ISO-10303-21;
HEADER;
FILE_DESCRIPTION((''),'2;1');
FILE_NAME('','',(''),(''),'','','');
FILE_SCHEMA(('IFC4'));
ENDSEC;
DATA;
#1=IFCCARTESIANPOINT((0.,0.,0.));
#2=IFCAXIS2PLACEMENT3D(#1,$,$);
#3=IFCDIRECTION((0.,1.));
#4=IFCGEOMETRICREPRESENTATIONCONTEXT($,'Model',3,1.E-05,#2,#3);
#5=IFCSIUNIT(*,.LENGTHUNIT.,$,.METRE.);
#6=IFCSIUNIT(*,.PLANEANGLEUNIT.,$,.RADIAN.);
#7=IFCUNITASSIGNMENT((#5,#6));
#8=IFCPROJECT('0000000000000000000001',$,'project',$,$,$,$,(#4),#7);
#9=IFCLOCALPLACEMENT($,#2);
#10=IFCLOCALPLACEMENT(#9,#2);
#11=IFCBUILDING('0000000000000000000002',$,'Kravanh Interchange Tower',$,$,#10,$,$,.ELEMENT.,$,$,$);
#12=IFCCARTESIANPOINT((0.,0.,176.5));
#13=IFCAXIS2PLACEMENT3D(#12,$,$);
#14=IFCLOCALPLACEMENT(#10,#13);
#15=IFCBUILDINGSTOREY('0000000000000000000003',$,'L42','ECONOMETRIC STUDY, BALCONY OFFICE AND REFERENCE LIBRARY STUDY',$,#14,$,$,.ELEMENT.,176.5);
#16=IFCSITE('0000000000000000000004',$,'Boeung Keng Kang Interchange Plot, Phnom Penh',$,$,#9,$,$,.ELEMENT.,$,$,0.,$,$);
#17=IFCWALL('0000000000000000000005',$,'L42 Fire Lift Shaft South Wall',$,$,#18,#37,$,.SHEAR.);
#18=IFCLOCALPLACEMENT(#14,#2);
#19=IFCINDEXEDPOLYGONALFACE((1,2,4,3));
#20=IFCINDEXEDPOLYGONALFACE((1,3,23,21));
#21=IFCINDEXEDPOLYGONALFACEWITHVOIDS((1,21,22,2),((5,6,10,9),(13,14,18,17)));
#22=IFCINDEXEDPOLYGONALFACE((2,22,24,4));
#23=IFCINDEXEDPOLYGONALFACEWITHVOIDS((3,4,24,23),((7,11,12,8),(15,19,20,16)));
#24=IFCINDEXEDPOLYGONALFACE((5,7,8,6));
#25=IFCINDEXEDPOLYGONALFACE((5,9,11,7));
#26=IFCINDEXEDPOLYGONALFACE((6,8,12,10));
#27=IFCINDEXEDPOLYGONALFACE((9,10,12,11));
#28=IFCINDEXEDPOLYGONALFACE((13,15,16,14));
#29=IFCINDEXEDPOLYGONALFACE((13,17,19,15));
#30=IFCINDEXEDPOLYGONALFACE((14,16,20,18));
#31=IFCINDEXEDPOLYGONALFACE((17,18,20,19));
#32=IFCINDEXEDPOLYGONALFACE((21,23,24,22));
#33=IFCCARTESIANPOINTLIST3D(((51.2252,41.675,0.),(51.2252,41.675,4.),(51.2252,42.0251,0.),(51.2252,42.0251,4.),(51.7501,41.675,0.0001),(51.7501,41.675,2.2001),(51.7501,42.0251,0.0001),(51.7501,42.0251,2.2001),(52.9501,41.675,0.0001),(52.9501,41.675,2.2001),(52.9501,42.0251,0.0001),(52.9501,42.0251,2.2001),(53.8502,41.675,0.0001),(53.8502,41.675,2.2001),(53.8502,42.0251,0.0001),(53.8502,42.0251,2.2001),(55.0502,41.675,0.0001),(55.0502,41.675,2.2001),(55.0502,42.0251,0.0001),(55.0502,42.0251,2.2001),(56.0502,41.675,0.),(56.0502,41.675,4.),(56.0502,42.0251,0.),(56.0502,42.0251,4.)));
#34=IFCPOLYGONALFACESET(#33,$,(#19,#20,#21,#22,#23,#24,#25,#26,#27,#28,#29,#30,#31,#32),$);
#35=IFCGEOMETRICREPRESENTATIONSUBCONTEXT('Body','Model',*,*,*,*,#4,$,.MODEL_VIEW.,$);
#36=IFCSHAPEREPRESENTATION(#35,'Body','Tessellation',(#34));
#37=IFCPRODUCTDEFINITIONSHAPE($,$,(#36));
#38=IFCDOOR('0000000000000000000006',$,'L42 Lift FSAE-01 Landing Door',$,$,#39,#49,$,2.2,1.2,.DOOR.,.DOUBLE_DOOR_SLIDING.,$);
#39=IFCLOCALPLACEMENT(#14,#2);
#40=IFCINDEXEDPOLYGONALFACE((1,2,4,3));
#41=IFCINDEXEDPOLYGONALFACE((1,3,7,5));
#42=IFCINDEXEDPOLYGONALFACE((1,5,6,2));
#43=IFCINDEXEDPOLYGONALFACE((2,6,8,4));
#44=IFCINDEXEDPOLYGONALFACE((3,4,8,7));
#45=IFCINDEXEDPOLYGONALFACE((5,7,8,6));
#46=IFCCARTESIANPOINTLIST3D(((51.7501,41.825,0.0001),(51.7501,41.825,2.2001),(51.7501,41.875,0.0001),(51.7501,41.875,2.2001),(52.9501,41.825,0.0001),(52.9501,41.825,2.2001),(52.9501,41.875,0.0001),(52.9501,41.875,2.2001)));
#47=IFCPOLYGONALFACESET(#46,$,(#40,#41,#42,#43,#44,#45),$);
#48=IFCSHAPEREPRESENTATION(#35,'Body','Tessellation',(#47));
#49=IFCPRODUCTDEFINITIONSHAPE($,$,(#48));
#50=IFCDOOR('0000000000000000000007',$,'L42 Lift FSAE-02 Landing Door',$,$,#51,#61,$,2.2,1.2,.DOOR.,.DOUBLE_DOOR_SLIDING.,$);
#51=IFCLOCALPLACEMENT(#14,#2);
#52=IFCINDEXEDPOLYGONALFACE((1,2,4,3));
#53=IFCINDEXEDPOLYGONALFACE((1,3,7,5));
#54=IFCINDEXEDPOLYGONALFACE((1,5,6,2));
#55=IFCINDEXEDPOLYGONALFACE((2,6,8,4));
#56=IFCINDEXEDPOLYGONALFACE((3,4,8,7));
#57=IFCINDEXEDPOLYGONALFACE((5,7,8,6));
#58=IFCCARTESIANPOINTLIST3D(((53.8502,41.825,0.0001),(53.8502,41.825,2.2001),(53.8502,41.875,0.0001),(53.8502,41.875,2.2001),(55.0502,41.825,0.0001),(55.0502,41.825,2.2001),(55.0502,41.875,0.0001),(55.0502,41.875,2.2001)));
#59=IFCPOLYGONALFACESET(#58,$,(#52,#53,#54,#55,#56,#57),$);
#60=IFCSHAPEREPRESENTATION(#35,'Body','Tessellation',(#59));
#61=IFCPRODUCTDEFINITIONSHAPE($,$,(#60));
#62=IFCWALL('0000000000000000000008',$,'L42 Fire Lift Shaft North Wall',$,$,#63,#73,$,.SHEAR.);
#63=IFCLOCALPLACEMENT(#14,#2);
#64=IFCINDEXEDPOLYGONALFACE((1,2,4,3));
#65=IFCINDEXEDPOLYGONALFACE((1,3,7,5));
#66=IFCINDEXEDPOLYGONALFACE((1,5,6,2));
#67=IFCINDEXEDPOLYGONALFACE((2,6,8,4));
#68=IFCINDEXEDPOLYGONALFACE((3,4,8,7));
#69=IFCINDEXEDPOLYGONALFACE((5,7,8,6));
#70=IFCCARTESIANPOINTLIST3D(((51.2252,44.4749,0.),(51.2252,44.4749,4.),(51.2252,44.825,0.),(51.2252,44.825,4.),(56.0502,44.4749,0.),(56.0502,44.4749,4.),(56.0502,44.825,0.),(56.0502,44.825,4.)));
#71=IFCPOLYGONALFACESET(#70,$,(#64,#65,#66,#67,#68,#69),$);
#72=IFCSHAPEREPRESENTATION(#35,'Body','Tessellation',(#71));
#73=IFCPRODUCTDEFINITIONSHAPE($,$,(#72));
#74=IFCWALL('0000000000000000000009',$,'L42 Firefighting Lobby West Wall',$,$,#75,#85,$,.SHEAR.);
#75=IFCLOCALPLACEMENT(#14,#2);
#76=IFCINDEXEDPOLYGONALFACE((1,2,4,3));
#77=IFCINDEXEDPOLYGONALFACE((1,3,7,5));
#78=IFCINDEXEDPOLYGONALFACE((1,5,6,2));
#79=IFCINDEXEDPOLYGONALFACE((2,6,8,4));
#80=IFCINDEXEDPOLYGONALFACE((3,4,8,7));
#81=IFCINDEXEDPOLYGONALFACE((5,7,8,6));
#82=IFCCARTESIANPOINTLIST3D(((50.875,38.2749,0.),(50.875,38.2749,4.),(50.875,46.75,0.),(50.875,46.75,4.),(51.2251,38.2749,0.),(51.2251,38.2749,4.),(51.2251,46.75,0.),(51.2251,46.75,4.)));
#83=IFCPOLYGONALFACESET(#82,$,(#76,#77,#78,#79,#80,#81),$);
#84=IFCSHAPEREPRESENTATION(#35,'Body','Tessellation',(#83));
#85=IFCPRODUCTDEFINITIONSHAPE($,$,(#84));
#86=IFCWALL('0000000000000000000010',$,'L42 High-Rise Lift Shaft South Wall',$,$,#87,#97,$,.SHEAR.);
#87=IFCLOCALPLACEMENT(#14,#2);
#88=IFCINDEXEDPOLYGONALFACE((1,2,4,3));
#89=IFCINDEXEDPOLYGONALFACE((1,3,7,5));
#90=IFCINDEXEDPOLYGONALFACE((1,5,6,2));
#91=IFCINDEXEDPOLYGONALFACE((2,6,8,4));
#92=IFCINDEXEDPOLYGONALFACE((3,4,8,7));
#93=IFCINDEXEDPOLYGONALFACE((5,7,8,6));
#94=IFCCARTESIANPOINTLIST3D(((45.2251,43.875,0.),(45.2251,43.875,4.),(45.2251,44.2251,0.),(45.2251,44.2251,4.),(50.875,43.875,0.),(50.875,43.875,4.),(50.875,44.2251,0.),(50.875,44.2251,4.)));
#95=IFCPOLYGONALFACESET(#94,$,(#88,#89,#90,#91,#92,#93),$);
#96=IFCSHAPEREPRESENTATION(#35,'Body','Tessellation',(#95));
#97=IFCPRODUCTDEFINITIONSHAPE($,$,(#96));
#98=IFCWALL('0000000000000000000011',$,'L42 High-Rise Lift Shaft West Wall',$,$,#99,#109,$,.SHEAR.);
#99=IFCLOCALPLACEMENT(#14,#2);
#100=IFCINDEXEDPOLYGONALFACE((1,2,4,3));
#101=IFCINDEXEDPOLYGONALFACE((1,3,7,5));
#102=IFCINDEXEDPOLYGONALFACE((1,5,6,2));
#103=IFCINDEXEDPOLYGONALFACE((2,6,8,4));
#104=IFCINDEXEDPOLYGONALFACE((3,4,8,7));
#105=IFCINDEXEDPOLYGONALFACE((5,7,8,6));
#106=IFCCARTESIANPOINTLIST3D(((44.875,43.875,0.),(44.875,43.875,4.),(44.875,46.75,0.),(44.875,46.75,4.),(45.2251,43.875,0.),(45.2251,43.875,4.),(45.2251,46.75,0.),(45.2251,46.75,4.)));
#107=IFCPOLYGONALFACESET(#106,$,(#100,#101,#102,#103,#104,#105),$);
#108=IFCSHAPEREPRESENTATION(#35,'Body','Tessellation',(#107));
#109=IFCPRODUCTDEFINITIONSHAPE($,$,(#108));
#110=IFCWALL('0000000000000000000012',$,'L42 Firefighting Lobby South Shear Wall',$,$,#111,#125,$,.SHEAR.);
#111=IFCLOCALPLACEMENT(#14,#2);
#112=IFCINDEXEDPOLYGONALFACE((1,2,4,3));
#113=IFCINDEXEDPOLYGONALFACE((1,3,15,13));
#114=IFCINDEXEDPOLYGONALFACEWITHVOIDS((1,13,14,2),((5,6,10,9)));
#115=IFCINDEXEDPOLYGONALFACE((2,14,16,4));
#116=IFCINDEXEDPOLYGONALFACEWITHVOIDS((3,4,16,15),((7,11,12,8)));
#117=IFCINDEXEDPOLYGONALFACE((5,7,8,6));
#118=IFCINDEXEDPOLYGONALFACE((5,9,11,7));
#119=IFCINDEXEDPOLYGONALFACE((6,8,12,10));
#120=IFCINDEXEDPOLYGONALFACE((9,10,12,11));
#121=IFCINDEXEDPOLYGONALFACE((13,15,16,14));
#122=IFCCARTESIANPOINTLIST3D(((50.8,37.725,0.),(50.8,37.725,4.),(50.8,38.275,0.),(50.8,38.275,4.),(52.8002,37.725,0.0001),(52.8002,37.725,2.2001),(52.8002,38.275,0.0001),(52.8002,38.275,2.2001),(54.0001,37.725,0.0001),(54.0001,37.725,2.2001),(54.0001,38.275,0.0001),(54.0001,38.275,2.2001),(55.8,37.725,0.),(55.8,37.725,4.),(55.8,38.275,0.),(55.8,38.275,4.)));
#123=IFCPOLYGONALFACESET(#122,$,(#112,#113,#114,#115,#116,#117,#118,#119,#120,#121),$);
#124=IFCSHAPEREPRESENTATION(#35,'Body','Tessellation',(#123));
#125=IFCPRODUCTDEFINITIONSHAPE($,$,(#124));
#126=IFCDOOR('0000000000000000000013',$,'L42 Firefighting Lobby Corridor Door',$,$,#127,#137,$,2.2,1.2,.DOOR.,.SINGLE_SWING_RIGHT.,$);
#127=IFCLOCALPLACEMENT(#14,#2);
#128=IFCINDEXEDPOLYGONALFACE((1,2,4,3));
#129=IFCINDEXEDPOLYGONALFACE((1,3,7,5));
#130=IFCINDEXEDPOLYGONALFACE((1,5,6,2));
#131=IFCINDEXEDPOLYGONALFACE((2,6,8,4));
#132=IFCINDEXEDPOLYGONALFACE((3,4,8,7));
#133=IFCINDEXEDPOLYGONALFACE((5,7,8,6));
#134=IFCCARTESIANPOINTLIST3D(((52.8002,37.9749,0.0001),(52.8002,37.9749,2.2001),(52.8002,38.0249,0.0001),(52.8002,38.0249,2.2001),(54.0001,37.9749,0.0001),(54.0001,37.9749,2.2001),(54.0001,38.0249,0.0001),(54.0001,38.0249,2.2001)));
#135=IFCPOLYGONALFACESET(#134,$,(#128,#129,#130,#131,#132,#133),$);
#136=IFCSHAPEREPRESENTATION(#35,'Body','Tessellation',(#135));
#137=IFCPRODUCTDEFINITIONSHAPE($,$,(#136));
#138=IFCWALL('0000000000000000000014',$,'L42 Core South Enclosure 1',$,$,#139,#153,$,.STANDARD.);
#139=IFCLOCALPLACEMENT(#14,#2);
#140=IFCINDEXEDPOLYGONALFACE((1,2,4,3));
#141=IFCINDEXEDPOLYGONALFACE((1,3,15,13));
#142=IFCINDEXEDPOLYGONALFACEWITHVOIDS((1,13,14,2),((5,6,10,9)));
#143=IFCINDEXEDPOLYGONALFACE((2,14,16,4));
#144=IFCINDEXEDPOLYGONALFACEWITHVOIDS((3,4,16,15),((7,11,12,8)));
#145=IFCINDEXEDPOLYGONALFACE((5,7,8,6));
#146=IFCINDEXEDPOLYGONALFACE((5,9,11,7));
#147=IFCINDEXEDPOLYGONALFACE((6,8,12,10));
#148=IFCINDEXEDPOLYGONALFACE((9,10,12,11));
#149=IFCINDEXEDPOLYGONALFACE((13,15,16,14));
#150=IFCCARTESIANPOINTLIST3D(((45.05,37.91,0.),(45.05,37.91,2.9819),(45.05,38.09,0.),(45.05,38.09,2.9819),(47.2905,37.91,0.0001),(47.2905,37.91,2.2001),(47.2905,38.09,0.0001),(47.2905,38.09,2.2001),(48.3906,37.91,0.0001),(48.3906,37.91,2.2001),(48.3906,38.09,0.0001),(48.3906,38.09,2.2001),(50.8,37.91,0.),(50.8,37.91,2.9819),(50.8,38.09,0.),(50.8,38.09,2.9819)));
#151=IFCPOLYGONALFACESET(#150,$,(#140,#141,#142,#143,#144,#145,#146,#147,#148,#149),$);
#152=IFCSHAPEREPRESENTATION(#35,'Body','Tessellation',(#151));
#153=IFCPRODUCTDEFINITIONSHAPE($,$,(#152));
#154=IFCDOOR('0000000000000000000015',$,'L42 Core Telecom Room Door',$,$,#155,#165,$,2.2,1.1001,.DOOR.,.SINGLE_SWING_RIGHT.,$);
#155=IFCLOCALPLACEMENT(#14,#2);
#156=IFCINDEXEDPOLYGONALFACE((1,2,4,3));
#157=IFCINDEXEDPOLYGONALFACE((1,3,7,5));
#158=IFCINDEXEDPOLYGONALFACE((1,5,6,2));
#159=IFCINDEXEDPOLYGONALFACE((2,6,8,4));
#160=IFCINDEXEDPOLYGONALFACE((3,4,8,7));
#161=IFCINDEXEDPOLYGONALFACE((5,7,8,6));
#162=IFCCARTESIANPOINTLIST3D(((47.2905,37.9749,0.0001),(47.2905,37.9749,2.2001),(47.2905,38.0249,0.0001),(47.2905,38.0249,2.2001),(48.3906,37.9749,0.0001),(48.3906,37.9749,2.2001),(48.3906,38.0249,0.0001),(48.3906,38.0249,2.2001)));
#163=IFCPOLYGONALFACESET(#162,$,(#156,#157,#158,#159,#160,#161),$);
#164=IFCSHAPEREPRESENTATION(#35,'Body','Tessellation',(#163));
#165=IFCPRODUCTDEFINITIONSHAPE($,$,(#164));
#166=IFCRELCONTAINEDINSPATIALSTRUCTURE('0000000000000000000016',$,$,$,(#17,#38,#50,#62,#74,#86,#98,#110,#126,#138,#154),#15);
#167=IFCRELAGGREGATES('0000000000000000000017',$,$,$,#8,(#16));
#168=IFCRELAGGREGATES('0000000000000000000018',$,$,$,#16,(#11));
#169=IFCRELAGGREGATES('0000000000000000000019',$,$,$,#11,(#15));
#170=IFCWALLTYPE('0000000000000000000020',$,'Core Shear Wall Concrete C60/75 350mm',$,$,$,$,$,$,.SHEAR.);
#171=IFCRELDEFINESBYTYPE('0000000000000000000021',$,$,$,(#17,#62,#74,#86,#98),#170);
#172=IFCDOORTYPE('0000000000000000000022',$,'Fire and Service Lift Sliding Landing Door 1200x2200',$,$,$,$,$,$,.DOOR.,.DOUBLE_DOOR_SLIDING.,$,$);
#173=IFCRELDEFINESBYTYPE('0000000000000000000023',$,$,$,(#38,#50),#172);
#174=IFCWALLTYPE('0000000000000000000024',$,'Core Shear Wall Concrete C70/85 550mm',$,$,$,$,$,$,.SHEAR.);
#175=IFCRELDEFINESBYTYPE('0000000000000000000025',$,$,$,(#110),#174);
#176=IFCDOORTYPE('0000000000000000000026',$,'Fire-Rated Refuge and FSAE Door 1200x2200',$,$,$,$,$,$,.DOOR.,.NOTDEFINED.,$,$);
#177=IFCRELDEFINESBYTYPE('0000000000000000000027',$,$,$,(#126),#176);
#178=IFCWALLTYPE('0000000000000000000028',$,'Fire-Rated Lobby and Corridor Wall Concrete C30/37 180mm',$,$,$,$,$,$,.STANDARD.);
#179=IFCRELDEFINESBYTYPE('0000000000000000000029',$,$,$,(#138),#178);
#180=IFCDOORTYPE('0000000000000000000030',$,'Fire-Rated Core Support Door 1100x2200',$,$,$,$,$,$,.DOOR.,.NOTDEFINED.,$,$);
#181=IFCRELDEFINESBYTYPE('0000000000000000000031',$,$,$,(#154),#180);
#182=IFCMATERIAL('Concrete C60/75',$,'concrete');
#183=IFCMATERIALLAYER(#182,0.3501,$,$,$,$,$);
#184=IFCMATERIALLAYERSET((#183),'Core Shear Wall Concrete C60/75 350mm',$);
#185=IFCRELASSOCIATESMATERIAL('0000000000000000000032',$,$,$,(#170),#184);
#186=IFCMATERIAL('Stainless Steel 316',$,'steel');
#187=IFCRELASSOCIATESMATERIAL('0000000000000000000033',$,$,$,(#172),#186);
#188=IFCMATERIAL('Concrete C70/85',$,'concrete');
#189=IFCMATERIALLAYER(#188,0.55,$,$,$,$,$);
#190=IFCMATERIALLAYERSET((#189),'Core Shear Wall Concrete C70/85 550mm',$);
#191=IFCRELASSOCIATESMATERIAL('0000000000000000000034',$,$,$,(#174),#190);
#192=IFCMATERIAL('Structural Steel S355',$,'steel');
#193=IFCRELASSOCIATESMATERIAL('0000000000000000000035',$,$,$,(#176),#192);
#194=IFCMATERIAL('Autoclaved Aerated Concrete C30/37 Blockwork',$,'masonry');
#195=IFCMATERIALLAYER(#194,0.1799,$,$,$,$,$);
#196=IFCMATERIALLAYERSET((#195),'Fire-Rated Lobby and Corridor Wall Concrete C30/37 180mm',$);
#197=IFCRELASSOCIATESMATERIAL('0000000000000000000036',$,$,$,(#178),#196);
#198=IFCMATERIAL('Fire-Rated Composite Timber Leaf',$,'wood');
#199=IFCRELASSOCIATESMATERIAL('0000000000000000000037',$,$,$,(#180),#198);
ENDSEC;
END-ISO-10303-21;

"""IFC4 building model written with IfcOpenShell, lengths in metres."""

from ifc_helpers import new_model, si_unit, direction, frame, frame_2d, origin, place, context, subcontext, project, spatial, rectangle, extrude, material, layer, layer_set, type_object, element, fill, save


model = new_model("IFC4")

# Units and contexts
model_context = context("Model", 3, precision=1e-05, world=origin(), true_north=direction((0.0, 1.0)))
body_context = subcontext(model_context, "Body", "Model", "MODEL_VIEW")
ifc_project = project(units=[si_unit("LENGTHUNIT", "METRE"), si_unit("PLANEANGLEUNIT", "RADIAN")], contexts=[model_context])

# Site, building, storey
site_placement = place(None, origin())
site = spatial("IfcSite", under=ifc_project, at=site_placement, Name="Boeung Keng Kang Interchange Plot, Phnom Penh", CompositionType="ELEMENT", RefElevation=0.0)
building_placement = place(site_placement, origin())
building = spatial("IfcBuilding", under=site, at=building_placement, Name="Kravanh Interchange Tower", CompositionType="ELEMENT")
storey_placement = place(building_placement, frame((0.0, 0.0, 176.5)))
storey = spatial("IfcBuildingStorey", under=building, at=storey_placement, Name="L42", Description="ECONOMETRIC STUDY, BALCONY OFFICE AND REFERENCE LIBRARY STUDY", CompositionType="ELEMENT", Elevation=176.5)

# Wall, openings, doors
ifc_material_1 = material(Name="Concrete C60/75", Category="concrete")
ifc_layer_1 = layer(ifc_material_1, 0.3501)
ifc_layer_set_1 = layer_set([ifc_layer_1], Name="Core Shear Wall Concrete C60/75 350mm")
wall_type_1 = type_object("IfcWallType", Name="Core Shear Wall Concrete C60/75 350mm", PredefinedType="SHEAR", material=ifc_layer_set_1)
wall_1_placement = place(storey_placement, frame((51.2251, 41.8501, 0.0), z_axis=(0.0, 0.0, 1.0), x_axis=(1.0, 0.0, 0.0)))
wall_1 = element("IfcWall", 1, at=wall_1_placement, inside=storey, type_object=wall_type_1, Name="L42 Fire Lift Shaft South Wall", PredefinedType="SHEAR", context=body_context, shape_type="SweptSolid", body=[
    extrude(rectangle(XDim=4.825, YDim=0.3501, at=frame_2d((2.4126, 0.0))), origin(), (0.0, 0.0, 1.0), 4.0),
])
opening_1_placement = place(wall_1_placement, frame((0.5249, 0.0, 0.0)))
opening_1 = element("IfcOpeningElement", 2, at=opening_1_placement, cuts=wall_1, PredefinedType="OPENING", context=body_context, shape_type="SweptSolid", body=[
    extrude(rectangle(XDim=1.2, YDim=2.2, at=frame_2d((0.6001, 1.1001))), frame((0.0, 0.1851, 0.0), z_axis=(0.0, -1.0, 0.0), x_axis=(1.0, 0.0, 0.0)), (0.0, 0.0, 1.0), 0.3701),
])
opening_2_placement = place(wall_1_placement, frame((2.625, 0.0, 0.0)))
opening_2 = element("IfcOpeningElement", 3, at=opening_2_placement, cuts=wall_1, PredefinedType="OPENING", context=body_context, shape_type="SweptSolid", body=[
    extrude(rectangle(XDim=1.2, YDim=2.2, at=frame_2d((0.6001, 1.1001))), frame((0.0, 0.1851, 0.0), z_axis=(0.0, -1.0, 0.0), x_axis=(1.0, 0.0, 0.0)), (0.0, 0.0, 1.0), 0.3701),
])
ifc_material_2 = material(Name="Stainless Steel 316", Category="steel")
door_type_1 = type_object("IfcDoorType", Name="Fire and Service Lift Sliding Landing Door 1200x2200", OperationType="DOUBLE_DOOR_SLIDING", PredefinedType="DOOR", material=ifc_material_2)
door_1_placement = place(opening_1_placement, origin())
door_1 = element("IfcDoor", 4, at=door_1_placement, inside=storey, type_object=door_type_1, Name="L42 Lift FSAE-01 Landing Door", OperationType="DOUBLE_DOOR_SLIDING", OverallHeight=2.2, OverallWidth=1.2, PredefinedType="DOOR", context=body_context, shape_type="SweptSolid", body=[
    extrude(rectangle(XDim=1.2, YDim=2.2, at=frame_2d((0.6001, 1.1001))), frame((0.0, 0.0249, 0.0), z_axis=(0.0, -1.0, 0.0), x_axis=(1.0, 0.0, 0.0)), (0.0, 0.0, 1.0), 0.05),
])
fill(opening_1, door_1)
door_2_placement = place(opening_2_placement, origin())
door_2 = element("IfcDoor", 5, at=door_2_placement, inside=storey, type_object=door_type_1, Name="L42 Lift FSAE-02 Landing Door", OperationType="DOUBLE_DOOR_SLIDING", OverallHeight=2.2, OverallWidth=1.2, PredefinedType="DOOR", context=body_context, shape_type="SweptSolid", body=[
    extrude(rectangle(XDim=1.2, YDim=2.2, at=frame_2d((0.6001, 1.1001))), frame((0.0, 0.0249, 0.0), z_axis=(0.0, -1.0, 0.0), x_axis=(1.0, 0.0, 0.0)), (0.0, 0.0, 1.0), 0.05),
])
fill(opening_2, door_2)

# Walls
wall_2_placement = place(storey_placement, frame((51.2251, 44.6499, 0.0), z_axis=(0.0, 0.0, 1.0), x_axis=(1.0, 0.0, 0.0)))
element("IfcWall", 6, at=wall_2_placement, inside=storey, type_object=wall_type_1, Name="L42 Fire Lift Shaft North Wall", PredefinedType="SHEAR", context=body_context, shape_type="SweptSolid", body=[
    extrude(rectangle(XDim=4.825, YDim=0.3501, at=frame_2d((2.4126, 0.0))), origin(), (0.0, 0.0, 1.0), 4.0),
])
wall_3_placement = place(storey_placement, frame((51.05, 38.2749, 0.0), z_axis=(0.0, 0.0, 1.0), x_axis=(0.0, 1.0, 0.0)))
element("IfcWall", 7, at=wall_3_placement, inside=storey, type_object=wall_type_1, Name="L42 Firefighting Lobby West Wall", PredefinedType="SHEAR", context=body_context, shape_type="SweptSolid", body=[
    extrude(rectangle(XDim=8.4751, YDim=0.3501, at=frame_2d((4.2375, 0.0))), origin(), (0.0, 0.0, 1.0), 4.0),
])
wall_4_placement = place(storey_placement, frame((45.2251, 44.05, 0.0), z_axis=(0.0, 0.0, 1.0), x_axis=(1.0, 0.0, 0.0)))
element("IfcWall", 8, at=wall_4_placement, inside=storey, type_object=wall_type_1, Name="L42 High-Rise Lift Shaft South Wall", PredefinedType="SHEAR", context=body_context, shape_type="SweptSolid", body=[
    extrude(rectangle(XDim=5.6499, YDim=0.3501, at=frame_2d((2.825, 0.0))), origin(), (0.0, 0.0, 1.0), 4.0),
])
wall_5_placement = place(storey_placement, frame((45.05, 43.875, 0.0), z_axis=(0.0, 0.0, 1.0), x_axis=(0.0, 1.0, 0.0)))
element("IfcWall", 9, at=wall_5_placement, inside=storey, type_object=wall_type_1, Name="L42 High-Rise Lift Shaft West Wall", PredefinedType="SHEAR", context=body_context, shape_type="SweptSolid", body=[
    extrude(rectangle(XDim=2.875, YDim=0.3501, at=frame_2d((1.4375, 0.0))), origin(), (0.0, 0.0, 1.0), 4.0),
])

# Shared definitions
ifc_material_3 = material(Name="Concrete C70/85", Category="concrete")
ifc_layer_2 = layer(ifc_material_3, 0.55)
ifc_layer_set_2 = layer_set([ifc_layer_2], Name="Core Shear Wall Concrete C70/85 550mm")
wall_type_2 = type_object("IfcWallType", Name="Core Shear Wall Concrete C70/85 550mm", PredefinedType="SHEAR", material=ifc_layer_set_2)

# Walls, openings, doors
wall_6_placement = place(storey_placement, frame((50.8, 38.0, 0.0), z_axis=(0.0, 0.0, 1.0), x_axis=(1.0, 0.0, 0.0)))
wall_6 = element("IfcWall", 10, at=wall_6_placement, inside=storey, type_object=wall_type_2, Name="L42 Firefighting Lobby South Shear Wall", PredefinedType="SHEAR", context=body_context, shape_type="SweptSolid", body=[
    extrude(rectangle(XDim=5.0, YDim=0.55, at=frame_2d((2.5, 0.0))), origin(), (0.0, 0.0, 1.0), 4.0),
])
opening_3_placement = place(wall_6_placement, frame((2.0, 0.0, 0.0)))
opening_3 = element("IfcOpeningElement", 11, at=opening_3_placement, cuts=wall_6, PredefinedType="OPENING", context=body_context, shape_type="SweptSolid", body=[
    extrude(rectangle(XDim=1.2, YDim=2.2, at=frame_2d((0.6001, 1.1001))), frame((0.0, 0.2852, 0.0), z_axis=(0.0, -1.0, 0.0), x_axis=(1.0, 0.0, 0.0)), (0.0, 0.0, 1.0), 0.5701),
])
ifc_material_4 = material(Name="Structural Steel S355", Category="steel")
door_type_2 = type_object("IfcDoorType", Name="Fire-Rated Refuge and FSAE Door 1200x2200", OperationType="NOTDEFINED", PredefinedType="DOOR", material=ifc_material_4)
door_3_placement = place(opening_3_placement, origin())
door_3 = element("IfcDoor", 12, at=door_3_placement, inside=storey, type_object=door_type_2, Name="L42 Firefighting Lobby Corridor Door", OperationType="SINGLE_SWING_RIGHT", OverallHeight=2.2, OverallWidth=1.2, PredefinedType="DOOR", context=body_context, shape_type="SweptSolid", body=[
    extrude(rectangle(XDim=1.2, YDim=2.2, at=frame_2d((0.6001, 1.1001))), frame((0.0, 0.0249, 0.0), z_axis=(0.0, -1.0, 0.0), x_axis=(1.0, 0.0, 0.0)), (0.0, 0.0, 1.0), 0.05),
])
fill(opening_3, door_3)
ifc_material_5 = material(Name="Autoclaved Aerated Concrete C30/37 Blockwork", Category="masonry")
ifc_layer_3 = layer(ifc_material_5, 0.1799)
ifc_layer_set_3 = layer_set([ifc_layer_3], Name="Fire-Rated Lobby and Corridor Wall Concrete C30/37 180mm")
wall_type_3 = type_object("IfcWallType", Name="Fire-Rated Lobby and Corridor Wall Concrete C30/37 180mm", PredefinedType="STANDARD", material=ifc_layer_set_3)
wall_7_placement = place(storey_placement, frame((45.05, 38.0, 0.0), z_axis=(0.0, 0.0, 1.0), x_axis=(1.0, 0.0, 0.0)))
wall_7 = element("IfcWall", 13, at=wall_7_placement, inside=storey, type_object=wall_type_3, Name="L42 Core South Enclosure 1", PredefinedType="STANDARD", context=body_context, shape_type="SweptSolid", body=[
    extrude(rectangle(XDim=5.75, YDim=0.1799, at=frame_2d((2.875, 0.0))), origin(), (0.0, 0.0, 1.0), 2.9819),
])
opening_4_placement = place(wall_7_placement, frame((2.2405, 0.0, 0.0)))
opening_4 = element("IfcOpeningElement", 14, at=opening_4_placement, cuts=wall_7, PredefinedType="OPENING", context=body_context, shape_type="SweptSolid", body=[
    extrude(rectangle(XDim=1.1001, YDim=2.2, at=frame_2d((0.55, 1.1001))), frame((0.0, 0.1001, 0.0), z_axis=(0.0, -1.0, 0.0), x_axis=(1.0, 0.0, 0.0)), (0.0, 0.0, 1.0), 0.2),
])
ifc_material_6 = material(Name="Fire-Rated Composite Timber Leaf", Category="wood")
door_type_3 = type_object("IfcDoorType", Name="Fire-Rated Core Support Door 1100x2200", OperationType="NOTDEFINED", PredefinedType="DOOR", material=ifc_material_6)
door_4_placement = place(opening_4_placement, origin())
door_4 = element("IfcDoor", 15, at=door_4_placement, inside=storey, type_object=door_type_3, Name="L42 Core Telecom Room Door", OperationType="SINGLE_SWING_RIGHT", OverallHeight=2.2, OverallWidth=1.1001, PredefinedType="DOOR", context=body_context, shape_type="SweptSolid", body=[
    extrude(rectangle(XDim=1.1001, YDim=2.2, at=frame_2d((0.55, 1.1001))), frame((0.0, 0.0249, 0.0), z_axis=(0.0, -1.0, 0.0), x_axis=(1.0, 0.0, 0.0)), (0.0, 0.0, 1.0), 0.05),
])
fill(opening_4, door_4)

save(model, "model.ifc")
